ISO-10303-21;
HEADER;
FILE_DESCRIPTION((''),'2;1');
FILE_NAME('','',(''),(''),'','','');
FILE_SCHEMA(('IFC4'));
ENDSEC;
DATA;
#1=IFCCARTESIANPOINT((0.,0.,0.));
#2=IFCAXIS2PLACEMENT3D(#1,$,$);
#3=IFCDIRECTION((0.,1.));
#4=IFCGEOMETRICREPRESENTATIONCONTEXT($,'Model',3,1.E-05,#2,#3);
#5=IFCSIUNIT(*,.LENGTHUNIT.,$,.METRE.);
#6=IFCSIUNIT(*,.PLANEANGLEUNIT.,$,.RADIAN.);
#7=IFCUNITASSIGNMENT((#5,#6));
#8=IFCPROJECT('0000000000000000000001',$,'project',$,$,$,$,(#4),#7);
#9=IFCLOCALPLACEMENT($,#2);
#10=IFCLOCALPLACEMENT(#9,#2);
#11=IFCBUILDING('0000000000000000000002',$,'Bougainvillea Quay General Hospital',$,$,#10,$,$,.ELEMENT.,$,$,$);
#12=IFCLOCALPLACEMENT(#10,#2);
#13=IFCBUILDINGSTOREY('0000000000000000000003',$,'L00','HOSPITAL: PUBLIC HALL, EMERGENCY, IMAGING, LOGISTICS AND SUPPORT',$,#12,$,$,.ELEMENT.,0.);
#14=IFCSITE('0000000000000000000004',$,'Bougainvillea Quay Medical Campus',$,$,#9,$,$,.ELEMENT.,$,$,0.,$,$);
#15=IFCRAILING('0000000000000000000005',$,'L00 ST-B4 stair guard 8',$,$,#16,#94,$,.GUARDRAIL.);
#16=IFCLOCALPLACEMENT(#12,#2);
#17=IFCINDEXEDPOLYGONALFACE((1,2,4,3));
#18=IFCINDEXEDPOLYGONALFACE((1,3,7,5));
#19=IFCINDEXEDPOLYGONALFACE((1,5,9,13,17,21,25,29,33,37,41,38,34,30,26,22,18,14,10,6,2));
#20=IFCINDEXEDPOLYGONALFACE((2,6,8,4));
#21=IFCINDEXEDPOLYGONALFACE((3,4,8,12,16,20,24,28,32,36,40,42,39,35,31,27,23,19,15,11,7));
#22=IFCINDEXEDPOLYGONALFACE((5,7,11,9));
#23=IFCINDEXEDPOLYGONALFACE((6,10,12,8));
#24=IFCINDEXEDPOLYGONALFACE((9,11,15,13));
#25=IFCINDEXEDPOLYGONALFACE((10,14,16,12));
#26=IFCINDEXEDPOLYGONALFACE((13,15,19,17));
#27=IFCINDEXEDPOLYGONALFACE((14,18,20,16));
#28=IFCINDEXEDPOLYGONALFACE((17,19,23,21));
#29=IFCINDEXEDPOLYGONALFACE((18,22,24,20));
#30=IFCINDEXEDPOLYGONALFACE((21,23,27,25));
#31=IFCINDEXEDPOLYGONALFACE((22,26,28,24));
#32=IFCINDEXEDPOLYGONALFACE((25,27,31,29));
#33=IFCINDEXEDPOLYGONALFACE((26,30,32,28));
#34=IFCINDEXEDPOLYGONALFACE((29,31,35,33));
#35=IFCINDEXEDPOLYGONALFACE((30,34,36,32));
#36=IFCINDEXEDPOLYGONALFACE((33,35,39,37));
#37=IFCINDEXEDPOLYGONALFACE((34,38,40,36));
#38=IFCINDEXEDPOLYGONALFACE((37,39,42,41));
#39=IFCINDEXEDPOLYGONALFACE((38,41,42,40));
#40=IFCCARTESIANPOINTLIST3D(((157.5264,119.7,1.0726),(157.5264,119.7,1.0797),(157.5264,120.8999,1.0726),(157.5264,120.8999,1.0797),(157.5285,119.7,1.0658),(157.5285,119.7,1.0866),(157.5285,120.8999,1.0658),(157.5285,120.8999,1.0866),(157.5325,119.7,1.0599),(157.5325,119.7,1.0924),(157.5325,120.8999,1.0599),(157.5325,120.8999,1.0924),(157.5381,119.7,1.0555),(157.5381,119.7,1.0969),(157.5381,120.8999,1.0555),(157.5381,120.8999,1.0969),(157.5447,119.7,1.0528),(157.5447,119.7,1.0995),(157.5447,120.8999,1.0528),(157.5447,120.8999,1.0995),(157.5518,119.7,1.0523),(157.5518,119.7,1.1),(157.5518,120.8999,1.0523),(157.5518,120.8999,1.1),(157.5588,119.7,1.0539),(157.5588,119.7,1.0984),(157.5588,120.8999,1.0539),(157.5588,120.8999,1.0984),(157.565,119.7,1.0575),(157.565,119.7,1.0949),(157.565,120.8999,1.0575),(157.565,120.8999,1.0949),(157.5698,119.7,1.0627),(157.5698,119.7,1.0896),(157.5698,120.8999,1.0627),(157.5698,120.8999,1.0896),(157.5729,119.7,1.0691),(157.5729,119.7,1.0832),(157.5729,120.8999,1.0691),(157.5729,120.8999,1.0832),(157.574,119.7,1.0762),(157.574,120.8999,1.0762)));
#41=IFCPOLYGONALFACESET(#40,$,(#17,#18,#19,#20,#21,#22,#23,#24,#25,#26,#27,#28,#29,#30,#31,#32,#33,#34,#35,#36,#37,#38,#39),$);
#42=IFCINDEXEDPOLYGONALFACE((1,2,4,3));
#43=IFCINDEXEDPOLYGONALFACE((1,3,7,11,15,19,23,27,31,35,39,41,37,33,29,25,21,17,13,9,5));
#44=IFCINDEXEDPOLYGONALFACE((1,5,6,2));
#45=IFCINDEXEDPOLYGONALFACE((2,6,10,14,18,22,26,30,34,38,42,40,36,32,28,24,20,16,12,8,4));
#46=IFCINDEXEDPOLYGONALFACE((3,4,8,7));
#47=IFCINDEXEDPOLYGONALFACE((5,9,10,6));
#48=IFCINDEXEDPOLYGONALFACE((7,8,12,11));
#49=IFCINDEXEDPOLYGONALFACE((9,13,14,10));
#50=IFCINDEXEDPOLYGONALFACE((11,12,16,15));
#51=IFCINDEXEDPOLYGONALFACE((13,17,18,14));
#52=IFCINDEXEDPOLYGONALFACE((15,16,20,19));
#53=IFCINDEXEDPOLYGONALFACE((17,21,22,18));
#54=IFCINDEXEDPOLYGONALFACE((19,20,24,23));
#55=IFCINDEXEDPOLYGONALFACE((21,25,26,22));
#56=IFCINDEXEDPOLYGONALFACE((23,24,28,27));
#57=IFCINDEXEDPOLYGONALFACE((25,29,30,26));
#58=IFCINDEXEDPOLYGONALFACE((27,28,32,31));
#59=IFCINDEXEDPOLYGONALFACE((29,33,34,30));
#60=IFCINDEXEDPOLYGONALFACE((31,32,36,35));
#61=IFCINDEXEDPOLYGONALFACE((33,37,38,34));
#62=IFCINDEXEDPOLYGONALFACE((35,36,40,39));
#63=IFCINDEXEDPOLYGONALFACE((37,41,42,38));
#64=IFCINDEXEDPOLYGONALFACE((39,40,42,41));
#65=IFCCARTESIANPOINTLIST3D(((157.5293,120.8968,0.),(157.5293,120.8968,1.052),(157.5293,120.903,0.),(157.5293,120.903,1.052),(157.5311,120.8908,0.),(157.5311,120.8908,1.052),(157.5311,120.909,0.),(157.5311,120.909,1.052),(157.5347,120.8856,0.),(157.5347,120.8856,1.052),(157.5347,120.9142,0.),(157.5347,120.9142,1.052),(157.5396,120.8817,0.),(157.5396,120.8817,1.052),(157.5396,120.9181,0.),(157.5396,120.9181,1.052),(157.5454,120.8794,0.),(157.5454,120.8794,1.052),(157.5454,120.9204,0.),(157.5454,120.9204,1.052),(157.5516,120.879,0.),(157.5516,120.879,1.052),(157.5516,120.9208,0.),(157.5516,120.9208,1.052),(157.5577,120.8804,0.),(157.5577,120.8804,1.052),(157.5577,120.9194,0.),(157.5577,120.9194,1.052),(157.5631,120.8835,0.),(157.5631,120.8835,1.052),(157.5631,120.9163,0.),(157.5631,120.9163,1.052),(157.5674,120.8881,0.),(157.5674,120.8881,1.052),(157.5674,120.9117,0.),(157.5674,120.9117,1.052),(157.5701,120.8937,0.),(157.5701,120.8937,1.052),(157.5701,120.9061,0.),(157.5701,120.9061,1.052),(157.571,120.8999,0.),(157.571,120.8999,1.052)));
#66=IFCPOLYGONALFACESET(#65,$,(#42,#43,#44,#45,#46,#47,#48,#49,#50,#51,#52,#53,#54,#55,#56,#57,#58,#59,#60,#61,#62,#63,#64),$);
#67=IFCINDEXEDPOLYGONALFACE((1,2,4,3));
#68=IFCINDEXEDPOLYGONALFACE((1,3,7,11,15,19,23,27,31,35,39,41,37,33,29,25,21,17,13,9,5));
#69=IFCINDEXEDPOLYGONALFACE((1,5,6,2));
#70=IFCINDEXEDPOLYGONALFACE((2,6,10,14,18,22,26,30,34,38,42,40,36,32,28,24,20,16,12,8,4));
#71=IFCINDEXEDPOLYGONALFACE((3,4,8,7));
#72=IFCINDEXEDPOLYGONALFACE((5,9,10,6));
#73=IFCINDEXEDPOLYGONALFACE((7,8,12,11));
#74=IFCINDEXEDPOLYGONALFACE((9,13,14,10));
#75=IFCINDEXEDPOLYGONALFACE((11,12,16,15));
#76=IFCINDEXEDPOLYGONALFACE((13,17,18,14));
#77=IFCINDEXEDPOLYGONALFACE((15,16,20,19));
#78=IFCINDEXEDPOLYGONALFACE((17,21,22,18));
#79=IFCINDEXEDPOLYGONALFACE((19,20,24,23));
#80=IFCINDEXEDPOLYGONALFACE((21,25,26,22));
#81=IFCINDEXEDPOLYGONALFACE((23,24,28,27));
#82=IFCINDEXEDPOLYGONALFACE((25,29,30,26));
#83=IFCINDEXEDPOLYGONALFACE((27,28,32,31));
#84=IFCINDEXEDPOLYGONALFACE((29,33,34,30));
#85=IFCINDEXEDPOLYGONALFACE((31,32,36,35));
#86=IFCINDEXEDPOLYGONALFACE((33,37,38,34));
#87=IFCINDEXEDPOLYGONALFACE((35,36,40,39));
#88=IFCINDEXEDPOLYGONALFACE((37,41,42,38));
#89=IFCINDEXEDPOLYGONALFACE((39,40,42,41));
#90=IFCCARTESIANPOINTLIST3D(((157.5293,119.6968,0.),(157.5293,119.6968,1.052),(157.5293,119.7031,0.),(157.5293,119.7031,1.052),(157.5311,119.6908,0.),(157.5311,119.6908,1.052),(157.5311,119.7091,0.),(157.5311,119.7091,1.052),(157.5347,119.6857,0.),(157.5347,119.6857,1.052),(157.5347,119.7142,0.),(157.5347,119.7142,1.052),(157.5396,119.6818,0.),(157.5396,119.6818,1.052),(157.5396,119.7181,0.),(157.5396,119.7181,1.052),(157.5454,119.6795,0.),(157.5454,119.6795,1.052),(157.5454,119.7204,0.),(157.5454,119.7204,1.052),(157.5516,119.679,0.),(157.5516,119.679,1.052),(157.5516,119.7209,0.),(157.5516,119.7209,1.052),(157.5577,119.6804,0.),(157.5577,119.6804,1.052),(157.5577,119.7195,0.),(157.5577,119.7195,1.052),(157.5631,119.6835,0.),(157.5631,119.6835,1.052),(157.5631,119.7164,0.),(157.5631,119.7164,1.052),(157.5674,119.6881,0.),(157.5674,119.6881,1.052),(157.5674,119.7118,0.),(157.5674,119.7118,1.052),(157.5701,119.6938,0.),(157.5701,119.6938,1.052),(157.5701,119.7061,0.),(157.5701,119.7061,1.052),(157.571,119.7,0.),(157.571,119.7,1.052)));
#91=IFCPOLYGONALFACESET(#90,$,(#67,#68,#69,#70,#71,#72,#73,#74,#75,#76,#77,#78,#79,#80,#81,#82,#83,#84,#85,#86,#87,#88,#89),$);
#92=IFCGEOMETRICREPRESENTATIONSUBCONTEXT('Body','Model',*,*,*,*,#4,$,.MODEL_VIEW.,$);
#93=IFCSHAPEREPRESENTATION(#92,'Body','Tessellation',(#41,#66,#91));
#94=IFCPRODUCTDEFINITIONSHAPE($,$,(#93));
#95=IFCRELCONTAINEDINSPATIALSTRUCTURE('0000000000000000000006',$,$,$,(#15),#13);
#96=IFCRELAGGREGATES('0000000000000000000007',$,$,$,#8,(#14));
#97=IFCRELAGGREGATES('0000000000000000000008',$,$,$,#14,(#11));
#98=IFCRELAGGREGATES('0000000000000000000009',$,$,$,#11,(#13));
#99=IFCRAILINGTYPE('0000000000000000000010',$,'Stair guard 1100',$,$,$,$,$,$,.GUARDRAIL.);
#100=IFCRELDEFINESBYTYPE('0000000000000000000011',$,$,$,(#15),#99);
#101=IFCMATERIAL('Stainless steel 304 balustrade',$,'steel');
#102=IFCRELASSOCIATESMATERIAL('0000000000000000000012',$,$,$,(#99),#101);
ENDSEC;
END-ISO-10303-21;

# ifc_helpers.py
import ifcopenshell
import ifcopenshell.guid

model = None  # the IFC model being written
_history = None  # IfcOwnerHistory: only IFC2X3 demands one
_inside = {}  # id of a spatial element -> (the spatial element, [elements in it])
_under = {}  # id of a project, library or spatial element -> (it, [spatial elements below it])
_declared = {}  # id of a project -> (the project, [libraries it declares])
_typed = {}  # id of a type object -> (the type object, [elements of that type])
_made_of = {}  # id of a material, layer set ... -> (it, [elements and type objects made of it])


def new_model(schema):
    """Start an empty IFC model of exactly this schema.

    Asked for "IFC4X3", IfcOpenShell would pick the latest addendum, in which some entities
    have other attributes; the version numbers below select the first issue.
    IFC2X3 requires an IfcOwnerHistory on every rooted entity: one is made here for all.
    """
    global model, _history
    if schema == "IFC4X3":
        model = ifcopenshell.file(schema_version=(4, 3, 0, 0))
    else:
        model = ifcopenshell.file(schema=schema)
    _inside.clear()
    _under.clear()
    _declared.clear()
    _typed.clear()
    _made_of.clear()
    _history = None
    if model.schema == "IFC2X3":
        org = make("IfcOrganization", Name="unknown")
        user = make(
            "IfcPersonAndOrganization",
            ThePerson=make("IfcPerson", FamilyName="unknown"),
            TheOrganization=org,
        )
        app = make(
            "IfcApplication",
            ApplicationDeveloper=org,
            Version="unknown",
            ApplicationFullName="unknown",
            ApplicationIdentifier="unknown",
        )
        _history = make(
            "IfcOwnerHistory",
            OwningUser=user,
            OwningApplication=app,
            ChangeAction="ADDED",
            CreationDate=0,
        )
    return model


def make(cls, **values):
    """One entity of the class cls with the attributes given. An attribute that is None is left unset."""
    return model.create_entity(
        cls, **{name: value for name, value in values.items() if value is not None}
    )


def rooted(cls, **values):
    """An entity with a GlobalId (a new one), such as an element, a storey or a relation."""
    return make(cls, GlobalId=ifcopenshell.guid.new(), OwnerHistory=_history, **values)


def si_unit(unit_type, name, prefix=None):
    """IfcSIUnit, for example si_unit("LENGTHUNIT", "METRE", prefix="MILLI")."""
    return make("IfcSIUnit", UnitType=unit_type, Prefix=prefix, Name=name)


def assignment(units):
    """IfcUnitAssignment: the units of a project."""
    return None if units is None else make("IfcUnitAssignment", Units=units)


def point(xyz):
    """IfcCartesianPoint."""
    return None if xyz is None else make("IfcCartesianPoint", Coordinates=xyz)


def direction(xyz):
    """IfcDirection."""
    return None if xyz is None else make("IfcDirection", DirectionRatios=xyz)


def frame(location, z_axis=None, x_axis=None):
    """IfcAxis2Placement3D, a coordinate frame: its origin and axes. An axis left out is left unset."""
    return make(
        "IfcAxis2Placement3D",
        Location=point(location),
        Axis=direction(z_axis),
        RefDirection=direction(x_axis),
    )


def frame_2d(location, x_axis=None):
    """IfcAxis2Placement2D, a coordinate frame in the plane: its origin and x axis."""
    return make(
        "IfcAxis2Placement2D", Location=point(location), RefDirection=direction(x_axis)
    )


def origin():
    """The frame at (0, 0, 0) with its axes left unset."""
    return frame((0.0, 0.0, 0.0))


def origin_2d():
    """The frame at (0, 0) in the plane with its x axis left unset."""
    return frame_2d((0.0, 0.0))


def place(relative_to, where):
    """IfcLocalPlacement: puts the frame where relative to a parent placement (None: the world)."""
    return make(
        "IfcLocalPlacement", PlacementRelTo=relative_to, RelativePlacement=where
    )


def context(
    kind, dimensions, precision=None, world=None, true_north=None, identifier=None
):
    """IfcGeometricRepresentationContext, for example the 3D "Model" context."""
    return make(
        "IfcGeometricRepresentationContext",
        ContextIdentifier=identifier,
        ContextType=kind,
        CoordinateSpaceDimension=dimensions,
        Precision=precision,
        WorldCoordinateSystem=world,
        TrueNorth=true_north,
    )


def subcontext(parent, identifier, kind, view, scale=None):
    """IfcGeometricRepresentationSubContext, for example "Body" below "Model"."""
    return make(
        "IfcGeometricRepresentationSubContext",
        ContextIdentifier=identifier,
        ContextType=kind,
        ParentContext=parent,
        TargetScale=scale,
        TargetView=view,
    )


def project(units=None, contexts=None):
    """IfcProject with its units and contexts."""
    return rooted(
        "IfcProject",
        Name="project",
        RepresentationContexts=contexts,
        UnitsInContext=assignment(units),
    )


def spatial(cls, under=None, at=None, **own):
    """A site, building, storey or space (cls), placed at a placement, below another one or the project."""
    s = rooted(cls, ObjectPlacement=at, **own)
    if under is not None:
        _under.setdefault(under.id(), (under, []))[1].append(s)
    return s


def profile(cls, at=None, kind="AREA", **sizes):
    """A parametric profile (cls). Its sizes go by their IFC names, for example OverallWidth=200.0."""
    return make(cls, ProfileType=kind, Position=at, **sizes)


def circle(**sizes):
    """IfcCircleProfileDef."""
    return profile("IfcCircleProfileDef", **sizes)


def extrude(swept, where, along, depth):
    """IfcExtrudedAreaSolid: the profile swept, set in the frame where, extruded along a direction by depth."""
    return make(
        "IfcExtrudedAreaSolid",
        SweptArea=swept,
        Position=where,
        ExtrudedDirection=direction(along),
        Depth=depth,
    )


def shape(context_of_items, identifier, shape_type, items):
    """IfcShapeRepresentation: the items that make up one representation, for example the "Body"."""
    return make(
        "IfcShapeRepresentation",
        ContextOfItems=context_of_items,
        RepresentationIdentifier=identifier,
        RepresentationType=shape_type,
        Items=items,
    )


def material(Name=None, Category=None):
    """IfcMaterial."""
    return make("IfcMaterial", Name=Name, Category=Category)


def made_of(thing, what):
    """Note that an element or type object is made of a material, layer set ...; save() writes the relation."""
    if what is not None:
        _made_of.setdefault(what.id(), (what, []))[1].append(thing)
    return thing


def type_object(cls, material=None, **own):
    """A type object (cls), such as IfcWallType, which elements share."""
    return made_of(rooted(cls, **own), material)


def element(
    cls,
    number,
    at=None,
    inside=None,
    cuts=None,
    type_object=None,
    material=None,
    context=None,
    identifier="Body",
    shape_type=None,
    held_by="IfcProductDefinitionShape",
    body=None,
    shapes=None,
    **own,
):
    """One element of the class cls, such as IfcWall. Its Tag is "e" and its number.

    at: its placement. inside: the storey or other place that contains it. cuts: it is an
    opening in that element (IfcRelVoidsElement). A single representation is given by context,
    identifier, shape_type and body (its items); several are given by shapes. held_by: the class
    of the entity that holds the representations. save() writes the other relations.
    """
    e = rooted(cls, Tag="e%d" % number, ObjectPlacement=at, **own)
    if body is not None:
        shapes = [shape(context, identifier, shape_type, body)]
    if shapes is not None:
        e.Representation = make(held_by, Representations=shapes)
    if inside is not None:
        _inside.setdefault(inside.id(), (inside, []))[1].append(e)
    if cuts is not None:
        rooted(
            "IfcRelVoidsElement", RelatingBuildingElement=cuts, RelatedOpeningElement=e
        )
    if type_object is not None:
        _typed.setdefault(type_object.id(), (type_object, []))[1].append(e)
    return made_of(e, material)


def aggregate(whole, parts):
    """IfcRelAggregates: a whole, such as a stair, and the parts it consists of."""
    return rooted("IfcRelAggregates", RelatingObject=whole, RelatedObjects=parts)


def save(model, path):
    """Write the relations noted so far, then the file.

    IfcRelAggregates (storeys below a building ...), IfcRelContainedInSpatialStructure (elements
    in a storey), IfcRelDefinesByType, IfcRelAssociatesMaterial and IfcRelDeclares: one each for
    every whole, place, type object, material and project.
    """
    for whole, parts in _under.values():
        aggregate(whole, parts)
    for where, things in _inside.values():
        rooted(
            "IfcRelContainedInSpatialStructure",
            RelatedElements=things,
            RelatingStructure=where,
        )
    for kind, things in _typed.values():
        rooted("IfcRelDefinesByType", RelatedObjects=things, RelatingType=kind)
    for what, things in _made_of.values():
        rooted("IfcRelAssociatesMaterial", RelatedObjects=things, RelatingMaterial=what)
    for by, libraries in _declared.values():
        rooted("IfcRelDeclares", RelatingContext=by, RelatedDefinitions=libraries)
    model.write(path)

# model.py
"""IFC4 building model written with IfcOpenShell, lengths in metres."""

from ifc_helpers import new_model, si_unit, direction, frame, origin, origin_2d, place, context, subcontext, project, spatial, circle, extrude, material, type_object, element, save


model = new_model("IFC4")

# Units and contexts
model_context = context("Model", 3, precision=1e-05, world=origin(), true_north=direction((0.0, 1.0)))
body_context = subcontext(model_context, "Body", "Model", "MODEL_VIEW")
ifc_project = project(units=[si_unit("LENGTHUNIT", "METRE"), si_unit("PLANEANGLEUNIT", "RADIAN")], contexts=[model_context])

# Site, building, storey
site_placement = place(None, origin())
site = spatial("IfcSite", under=ifc_project, at=site_placement, Name="Bougainvillea Quay Medical Campus", CompositionType="ELEMENT", RefElevation=0.0)
building_placement = place(site_placement, origin())
building = spatial("IfcBuilding", under=site, at=building_placement, Name="Bougainvillea Quay General Hospital", CompositionType="ELEMENT")
storey_placement = place(building_placement, origin())
storey = spatial("IfcBuildingStorey", under=building, at=storey_placement, Name="L00", Description="HOSPITAL: PUBLIC HALL, EMERGENCY, IMAGING, LOGISTICS AND SUPPORT", CompositionType="ELEMENT", Elevation=0.0)

# Railing
ifc_material_1 = material(Name="Stainless steel 304 balustrade", Category="steel")
railing_type_1 = type_object("IfcRailingType", Name="Stair guard 1100", PredefinedType="GUARDRAIL", material=ifc_material_1)
railing_1_placement = place(storey_placement, frame((157.55, 120.8999, 0.0)))
element("IfcRailing", 1, at=railing_1_placement, inside=storey, type_object=railing_type_1, Name="L00 ST-B4 stair guard 8", PredefinedType="GUARDRAIL", context=body_context, shape_type="SweptSolid", body=[
    extrude(circle(Radius=0.0239, at=origin_2d()), frame((0.0, 0.0, 1.0762), z_axis=(0.0, -1.0, 0.0), x_axis=(1.0, 0.0, 0.0)), (0.0, 0.0, 1.0), 1.2),
    extrude(circle(Radius=0.021, at=origin_2d()), origin(), (0.0, 0.0, 1.0), 1.052),
    extrude(circle(Radius=0.021, at=origin_2d()), frame((0.0, -1.2, 0.0)), (0.0, 0.0, 1.0), 1.052),
])

save(model, "model.ifc")
